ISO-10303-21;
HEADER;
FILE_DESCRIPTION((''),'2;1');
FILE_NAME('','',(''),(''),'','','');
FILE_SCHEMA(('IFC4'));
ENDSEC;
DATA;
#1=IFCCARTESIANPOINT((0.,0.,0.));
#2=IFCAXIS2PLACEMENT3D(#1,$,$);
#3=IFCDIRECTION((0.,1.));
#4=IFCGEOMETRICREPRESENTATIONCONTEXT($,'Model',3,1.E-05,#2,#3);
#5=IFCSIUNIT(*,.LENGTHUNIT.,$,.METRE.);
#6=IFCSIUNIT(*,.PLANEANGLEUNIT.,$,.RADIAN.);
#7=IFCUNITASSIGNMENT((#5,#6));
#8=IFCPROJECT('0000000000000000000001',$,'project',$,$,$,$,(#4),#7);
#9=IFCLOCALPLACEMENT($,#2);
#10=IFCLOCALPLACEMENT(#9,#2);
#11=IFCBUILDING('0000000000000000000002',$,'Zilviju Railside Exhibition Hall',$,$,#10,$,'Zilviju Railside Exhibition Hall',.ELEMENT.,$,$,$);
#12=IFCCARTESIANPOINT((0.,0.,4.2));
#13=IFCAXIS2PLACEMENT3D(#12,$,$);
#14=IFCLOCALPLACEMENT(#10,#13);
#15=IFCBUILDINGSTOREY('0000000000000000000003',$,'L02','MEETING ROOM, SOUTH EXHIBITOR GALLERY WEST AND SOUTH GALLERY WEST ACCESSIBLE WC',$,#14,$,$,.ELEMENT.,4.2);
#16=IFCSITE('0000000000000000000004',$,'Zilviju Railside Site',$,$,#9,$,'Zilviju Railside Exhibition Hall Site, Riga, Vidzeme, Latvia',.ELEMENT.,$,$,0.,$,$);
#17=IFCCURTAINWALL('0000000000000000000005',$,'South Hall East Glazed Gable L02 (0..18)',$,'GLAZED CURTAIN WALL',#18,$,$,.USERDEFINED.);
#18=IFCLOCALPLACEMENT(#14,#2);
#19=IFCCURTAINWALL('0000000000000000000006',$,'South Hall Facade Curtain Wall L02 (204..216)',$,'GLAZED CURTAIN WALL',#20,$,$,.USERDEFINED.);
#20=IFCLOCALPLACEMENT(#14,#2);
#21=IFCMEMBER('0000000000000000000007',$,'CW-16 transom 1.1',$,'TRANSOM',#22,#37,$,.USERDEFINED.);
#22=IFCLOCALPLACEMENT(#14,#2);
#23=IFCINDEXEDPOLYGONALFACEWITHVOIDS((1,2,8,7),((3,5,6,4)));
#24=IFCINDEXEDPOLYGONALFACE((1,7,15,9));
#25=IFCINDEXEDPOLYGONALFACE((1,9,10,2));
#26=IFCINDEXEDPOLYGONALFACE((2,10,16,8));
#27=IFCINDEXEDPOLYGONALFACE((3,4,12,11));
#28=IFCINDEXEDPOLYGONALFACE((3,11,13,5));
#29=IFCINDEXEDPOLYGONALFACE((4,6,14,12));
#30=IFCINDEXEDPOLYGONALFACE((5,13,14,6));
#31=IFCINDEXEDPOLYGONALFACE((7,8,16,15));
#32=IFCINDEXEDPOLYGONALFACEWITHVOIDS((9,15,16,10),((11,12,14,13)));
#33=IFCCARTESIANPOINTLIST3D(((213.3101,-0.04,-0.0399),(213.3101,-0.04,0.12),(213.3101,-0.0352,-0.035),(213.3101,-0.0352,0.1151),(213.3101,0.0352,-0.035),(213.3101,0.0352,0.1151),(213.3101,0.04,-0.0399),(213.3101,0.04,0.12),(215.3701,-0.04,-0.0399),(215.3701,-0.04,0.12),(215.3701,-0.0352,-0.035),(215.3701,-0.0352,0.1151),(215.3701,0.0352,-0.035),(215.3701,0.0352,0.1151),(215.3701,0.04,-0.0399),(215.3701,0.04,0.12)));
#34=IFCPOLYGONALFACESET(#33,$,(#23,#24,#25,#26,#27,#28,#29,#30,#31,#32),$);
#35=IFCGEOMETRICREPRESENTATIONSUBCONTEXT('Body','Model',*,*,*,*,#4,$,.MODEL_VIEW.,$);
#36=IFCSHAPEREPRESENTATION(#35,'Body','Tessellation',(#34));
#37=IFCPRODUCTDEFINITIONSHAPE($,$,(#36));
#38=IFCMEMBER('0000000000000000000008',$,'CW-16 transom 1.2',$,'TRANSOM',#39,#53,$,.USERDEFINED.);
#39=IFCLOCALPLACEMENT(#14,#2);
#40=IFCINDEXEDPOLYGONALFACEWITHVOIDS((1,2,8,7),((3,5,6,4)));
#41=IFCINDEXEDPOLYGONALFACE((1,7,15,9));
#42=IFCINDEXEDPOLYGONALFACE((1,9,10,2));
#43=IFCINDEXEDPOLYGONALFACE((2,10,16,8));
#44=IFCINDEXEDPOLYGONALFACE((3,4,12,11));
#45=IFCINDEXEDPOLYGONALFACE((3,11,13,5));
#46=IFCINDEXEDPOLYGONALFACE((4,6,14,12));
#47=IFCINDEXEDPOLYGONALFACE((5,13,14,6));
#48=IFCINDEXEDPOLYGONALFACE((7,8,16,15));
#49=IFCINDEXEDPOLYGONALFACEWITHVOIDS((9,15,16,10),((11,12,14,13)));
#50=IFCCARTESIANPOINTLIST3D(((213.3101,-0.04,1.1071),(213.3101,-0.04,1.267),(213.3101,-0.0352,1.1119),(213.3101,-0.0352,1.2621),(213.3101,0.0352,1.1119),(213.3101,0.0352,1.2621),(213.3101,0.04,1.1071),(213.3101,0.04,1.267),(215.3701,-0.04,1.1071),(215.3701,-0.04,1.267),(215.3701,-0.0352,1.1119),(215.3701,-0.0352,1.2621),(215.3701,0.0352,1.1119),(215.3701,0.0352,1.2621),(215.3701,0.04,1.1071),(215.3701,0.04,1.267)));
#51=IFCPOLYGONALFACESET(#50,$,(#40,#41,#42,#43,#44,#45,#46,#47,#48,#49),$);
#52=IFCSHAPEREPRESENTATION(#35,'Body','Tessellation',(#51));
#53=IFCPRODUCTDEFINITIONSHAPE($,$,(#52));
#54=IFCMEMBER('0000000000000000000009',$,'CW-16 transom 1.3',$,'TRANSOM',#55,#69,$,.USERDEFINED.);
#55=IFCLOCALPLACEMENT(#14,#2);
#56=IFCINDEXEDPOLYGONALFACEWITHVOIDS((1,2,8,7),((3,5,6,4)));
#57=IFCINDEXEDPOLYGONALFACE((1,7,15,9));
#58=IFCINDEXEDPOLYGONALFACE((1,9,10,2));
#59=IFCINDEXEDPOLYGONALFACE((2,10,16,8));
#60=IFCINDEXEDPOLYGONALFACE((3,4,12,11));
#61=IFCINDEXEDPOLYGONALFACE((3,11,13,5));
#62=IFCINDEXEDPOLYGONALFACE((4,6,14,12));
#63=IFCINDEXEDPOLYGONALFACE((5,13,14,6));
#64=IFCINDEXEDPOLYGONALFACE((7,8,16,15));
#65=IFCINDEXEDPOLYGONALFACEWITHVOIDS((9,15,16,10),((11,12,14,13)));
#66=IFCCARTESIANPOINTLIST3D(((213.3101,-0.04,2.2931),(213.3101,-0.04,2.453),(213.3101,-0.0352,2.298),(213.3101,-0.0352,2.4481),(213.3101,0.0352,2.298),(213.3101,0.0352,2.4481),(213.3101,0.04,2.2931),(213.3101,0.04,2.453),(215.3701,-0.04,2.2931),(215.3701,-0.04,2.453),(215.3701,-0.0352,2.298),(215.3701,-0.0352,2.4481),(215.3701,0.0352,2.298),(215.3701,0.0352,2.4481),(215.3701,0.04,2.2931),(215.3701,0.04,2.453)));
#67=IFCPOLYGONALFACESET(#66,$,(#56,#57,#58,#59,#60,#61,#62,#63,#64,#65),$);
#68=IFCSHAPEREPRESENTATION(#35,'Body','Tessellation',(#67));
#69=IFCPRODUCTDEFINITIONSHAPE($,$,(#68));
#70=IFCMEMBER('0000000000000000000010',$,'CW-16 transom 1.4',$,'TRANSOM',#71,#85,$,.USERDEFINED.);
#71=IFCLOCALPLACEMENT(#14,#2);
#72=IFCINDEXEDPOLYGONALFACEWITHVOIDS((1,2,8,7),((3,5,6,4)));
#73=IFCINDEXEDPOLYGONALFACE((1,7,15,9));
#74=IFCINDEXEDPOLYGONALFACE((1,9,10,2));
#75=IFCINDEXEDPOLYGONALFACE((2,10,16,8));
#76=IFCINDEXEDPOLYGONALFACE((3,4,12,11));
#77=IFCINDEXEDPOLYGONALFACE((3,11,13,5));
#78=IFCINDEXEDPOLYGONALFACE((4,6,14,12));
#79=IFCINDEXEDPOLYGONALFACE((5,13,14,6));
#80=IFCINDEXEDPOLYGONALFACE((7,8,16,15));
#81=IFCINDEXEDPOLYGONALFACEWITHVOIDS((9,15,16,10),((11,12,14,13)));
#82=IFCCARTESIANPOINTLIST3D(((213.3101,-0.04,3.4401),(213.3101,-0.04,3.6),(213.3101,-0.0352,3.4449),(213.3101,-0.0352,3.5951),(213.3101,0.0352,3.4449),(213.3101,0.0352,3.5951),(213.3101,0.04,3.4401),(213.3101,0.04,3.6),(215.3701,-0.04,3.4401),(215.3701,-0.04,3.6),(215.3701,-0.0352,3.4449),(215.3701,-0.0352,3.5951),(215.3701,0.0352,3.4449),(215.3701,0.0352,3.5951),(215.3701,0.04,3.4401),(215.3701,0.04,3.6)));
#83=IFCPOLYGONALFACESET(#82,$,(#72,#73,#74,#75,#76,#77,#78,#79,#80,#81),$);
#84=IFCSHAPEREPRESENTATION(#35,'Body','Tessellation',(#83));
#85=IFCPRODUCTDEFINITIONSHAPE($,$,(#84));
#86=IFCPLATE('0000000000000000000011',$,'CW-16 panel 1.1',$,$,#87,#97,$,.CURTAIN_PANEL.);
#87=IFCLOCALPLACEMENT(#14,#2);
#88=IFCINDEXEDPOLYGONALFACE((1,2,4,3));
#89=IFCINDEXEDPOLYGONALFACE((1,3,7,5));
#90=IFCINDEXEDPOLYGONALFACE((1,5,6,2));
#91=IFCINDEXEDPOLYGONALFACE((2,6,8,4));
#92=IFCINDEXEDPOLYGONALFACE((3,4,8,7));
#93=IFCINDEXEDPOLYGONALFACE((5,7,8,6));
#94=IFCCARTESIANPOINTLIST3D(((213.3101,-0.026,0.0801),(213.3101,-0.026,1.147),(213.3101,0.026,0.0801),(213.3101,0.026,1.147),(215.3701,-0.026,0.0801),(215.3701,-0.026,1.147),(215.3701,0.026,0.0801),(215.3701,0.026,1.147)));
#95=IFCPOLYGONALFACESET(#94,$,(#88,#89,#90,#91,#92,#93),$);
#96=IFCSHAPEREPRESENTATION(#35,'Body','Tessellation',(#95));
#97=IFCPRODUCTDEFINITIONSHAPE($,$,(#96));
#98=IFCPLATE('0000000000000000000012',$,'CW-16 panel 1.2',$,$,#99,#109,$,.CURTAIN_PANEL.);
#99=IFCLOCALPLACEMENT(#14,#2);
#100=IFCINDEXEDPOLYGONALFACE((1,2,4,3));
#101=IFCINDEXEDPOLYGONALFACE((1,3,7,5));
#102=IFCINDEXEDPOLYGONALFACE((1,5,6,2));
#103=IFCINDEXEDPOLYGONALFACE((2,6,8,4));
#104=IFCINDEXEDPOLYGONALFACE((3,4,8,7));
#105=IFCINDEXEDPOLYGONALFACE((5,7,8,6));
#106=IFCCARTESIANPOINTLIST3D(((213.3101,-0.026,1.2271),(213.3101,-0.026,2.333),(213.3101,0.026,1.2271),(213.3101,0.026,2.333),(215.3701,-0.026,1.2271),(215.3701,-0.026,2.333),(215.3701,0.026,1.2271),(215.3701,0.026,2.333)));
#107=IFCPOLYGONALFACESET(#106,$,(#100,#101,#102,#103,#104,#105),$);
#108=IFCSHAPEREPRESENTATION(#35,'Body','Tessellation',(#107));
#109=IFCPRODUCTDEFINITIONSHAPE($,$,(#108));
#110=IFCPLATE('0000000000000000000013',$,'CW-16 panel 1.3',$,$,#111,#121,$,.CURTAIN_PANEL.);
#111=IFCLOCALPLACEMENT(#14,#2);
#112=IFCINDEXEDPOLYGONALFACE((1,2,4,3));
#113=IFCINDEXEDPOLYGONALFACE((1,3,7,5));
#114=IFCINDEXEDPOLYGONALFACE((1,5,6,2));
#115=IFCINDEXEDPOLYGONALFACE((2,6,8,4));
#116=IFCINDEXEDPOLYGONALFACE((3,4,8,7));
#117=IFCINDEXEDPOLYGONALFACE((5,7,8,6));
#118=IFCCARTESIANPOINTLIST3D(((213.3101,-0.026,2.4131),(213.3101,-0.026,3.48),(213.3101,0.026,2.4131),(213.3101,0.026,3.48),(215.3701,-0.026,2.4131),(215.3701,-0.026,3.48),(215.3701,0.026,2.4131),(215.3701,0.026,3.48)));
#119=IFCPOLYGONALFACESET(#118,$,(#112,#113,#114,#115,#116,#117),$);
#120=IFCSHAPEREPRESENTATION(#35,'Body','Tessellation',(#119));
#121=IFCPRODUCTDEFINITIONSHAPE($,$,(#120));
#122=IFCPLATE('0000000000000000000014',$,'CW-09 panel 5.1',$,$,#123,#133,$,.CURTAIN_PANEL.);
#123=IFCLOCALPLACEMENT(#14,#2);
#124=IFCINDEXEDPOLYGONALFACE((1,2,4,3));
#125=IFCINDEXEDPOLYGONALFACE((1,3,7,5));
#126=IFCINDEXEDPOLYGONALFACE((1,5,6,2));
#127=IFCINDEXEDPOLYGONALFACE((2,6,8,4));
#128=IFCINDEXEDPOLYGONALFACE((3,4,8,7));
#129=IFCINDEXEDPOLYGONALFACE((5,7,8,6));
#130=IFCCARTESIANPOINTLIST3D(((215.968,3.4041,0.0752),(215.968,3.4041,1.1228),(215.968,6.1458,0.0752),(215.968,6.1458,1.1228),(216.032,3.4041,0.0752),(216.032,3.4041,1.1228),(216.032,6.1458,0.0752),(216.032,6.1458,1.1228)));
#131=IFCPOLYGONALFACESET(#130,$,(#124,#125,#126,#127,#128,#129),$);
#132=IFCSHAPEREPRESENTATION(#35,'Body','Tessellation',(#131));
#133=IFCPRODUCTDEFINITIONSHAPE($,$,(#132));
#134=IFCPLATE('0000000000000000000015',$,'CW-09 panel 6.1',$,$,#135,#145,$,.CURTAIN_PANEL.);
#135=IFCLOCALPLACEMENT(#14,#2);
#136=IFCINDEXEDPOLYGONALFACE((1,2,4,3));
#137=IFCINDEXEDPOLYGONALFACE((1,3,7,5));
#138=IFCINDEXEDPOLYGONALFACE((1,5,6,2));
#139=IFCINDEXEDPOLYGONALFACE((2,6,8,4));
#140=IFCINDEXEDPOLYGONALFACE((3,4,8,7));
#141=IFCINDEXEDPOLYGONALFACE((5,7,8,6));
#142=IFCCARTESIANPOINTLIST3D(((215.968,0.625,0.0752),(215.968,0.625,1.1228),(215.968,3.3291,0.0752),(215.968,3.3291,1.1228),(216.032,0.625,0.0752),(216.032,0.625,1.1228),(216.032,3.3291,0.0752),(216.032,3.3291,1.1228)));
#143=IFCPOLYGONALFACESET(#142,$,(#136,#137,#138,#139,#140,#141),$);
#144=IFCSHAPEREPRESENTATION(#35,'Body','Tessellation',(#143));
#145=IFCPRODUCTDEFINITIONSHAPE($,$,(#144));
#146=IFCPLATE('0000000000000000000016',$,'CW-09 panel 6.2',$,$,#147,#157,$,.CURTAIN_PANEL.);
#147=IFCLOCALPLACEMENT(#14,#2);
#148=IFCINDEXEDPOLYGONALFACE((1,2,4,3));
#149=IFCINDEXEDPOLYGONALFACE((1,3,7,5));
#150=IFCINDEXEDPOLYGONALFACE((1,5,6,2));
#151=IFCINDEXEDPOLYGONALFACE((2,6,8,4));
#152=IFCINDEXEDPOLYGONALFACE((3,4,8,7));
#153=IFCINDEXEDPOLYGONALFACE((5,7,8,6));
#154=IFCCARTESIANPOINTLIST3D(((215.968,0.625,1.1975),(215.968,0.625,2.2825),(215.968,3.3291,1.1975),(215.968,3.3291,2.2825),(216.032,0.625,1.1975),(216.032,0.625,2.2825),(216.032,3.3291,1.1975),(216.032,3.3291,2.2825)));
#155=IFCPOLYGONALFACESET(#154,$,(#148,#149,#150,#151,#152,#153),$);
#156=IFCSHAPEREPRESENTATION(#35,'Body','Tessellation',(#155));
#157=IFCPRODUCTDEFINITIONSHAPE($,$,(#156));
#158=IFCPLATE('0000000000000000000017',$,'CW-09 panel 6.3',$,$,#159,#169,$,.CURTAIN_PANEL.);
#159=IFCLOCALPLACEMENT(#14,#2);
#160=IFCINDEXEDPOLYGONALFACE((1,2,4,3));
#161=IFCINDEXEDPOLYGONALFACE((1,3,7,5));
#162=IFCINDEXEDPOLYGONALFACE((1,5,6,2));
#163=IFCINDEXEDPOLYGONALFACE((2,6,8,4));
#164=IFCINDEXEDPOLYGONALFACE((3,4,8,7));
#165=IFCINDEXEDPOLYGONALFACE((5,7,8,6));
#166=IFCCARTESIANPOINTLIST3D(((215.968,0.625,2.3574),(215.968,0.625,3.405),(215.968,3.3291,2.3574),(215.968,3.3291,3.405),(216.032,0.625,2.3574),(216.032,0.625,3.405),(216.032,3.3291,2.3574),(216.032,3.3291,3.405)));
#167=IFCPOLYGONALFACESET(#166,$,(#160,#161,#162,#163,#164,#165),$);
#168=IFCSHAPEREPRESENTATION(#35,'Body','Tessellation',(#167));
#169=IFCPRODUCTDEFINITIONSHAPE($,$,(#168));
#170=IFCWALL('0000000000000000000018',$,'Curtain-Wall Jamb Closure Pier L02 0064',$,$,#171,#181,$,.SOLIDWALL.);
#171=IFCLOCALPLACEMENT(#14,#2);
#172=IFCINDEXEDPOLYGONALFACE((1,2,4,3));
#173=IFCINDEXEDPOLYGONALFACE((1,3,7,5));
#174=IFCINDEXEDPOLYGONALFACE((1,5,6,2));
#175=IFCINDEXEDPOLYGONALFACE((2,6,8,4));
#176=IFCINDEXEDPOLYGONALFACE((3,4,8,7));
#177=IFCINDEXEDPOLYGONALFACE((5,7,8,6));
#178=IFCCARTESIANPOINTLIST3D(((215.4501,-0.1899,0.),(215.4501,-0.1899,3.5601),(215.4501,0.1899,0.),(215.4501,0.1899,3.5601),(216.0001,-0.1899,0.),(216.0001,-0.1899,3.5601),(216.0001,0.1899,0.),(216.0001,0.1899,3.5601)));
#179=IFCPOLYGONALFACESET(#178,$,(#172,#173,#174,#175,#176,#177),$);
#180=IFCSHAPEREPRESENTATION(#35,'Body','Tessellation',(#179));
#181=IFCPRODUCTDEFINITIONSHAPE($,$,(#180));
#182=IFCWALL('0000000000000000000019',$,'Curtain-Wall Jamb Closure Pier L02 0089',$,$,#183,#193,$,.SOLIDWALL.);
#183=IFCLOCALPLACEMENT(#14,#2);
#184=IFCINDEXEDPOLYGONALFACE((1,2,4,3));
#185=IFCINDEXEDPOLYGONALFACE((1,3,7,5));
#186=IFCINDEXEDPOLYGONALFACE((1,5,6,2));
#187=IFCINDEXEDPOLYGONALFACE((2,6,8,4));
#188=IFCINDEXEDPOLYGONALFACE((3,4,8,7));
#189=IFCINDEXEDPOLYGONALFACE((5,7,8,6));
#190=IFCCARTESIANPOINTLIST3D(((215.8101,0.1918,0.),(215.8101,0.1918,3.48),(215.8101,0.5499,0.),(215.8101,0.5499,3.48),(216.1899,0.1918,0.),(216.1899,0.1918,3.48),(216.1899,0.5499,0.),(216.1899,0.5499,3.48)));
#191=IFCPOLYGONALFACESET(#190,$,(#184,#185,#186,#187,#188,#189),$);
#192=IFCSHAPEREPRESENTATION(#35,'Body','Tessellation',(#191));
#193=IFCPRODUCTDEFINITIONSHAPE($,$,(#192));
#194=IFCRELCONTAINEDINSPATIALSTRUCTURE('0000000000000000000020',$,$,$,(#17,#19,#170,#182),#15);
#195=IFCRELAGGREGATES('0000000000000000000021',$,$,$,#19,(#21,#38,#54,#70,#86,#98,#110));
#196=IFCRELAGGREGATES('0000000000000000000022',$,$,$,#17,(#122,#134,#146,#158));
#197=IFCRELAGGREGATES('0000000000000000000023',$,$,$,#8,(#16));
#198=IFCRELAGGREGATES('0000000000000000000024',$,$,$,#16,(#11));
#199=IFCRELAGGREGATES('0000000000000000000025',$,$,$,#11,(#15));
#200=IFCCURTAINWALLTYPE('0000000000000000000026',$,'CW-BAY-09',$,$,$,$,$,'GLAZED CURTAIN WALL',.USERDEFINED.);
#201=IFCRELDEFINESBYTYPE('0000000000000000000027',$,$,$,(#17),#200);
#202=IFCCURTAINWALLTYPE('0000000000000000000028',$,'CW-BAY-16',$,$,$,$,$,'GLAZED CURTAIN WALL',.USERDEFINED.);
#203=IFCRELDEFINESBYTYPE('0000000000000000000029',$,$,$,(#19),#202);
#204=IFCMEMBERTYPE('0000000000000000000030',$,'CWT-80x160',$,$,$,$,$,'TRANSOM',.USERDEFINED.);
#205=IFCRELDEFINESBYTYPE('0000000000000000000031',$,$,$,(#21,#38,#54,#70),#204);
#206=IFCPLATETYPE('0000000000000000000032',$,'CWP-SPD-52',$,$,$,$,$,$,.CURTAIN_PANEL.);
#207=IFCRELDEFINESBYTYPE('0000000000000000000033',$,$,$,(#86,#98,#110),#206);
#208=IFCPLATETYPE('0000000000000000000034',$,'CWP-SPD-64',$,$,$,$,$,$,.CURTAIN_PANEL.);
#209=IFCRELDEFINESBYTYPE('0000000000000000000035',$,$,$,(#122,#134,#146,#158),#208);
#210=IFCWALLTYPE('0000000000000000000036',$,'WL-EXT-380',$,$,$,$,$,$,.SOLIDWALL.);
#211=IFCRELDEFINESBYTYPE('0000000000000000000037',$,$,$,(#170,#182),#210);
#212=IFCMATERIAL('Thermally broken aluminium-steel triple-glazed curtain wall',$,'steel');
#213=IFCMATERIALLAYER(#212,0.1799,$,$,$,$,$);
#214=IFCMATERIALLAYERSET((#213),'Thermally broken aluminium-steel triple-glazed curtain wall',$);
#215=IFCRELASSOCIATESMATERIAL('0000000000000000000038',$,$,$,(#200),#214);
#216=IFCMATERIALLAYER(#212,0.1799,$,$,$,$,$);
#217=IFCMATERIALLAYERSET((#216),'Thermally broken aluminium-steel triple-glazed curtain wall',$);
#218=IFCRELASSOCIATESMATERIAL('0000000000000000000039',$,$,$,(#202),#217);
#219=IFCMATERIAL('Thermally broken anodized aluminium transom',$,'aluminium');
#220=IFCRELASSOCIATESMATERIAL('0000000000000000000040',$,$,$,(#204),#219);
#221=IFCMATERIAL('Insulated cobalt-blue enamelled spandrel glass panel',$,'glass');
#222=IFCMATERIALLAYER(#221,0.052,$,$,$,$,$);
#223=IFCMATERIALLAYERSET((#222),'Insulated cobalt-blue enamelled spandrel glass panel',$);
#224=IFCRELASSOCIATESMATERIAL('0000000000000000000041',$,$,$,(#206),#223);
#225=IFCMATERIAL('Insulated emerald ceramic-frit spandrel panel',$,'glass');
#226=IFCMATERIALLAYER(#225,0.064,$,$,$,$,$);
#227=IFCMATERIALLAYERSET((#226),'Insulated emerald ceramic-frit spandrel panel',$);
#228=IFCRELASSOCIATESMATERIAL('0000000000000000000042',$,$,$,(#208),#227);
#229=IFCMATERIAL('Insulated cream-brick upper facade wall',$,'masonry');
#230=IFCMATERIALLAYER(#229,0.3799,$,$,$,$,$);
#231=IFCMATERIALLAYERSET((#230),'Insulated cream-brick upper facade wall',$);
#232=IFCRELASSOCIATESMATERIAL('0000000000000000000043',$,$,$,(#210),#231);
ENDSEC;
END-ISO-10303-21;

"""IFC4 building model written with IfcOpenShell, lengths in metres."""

from ifc_helpers import new_model, si_unit, direction, frame, frame_2d, origin, origin_2d, place, context, subcontext, project, spatial, rectangle, hollow_rectangle, extrude, material, layer, layer_set, material_profile, profile_set, type_object, element, aggregate, save


model = new_model("IFC4")

# Units and contexts
model_context = context("Model", 3, precision=1e-05, world=origin(), true_north=direction((0.0, 1.0)))
body_context = subcontext(model_context, "Body", "Model", "MODEL_VIEW")
ifc_project = project(units=[si_unit("LENGTHUNIT", "METRE"), si_unit("PLANEANGLEUNIT", "RADIAN")], contexts=[model_context])

# Site, building, storey
site_placement = place(None, origin())
site = spatial("IfcSite", under=ifc_project, at=site_placement, Name="Zilviju Railside Site", LongName="Zilviju Railside Exhibition Hall Site, Riga, Vidzeme, Latvia", CompositionType="ELEMENT", RefElevation=0.0)
building_placement = place(site_placement, origin())
building = spatial("IfcBuilding", under=site, at=building_placement, Name="Zilviju Railside Exhibition Hall", LongName="Zilviju Railside Exhibition Hall", CompositionType="ELEMENT")
storey_placement = place(building_placement, frame((0.0, 0.0, 4.2)))
storey = spatial("IfcBuildingStorey", under=building, at=storey_placement, Name="L02", Description="MEETING ROOM, SOUTH EXHIBITOR GALLERY WEST AND SOUTH GALLERY WEST ACCESSIBLE WC", CompositionType="ELEMENT", Elevation=4.2)

# Curtain walls
ifc_material_1 = material(Name="Thermally broken aluminium-steel triple-glazed curtain wall", Category="steel")
ifc_layer_1 = layer(ifc_material_1, 0.1799)
ifc_layer_set_1 = layer_set([ifc_layer_1], Name="Thermally broken aluminium-steel triple-glazed curtain wall")
curtain_wall_type_1 = type_object("IfcCurtainWallType", Name="CW-BAY-09", ElementType="GLAZED CURTAIN WALL", PredefinedType="USERDEFINED", material=ifc_layer_set_1)
curtain_wall_1_placement = place(storey_placement, origin())
curtain_wall_1 = element("IfcCurtainWall", 1, at=curtain_wall_1_placement, inside=storey, type_object=curtain_wall_type_1, Name="South Hall East Glazed Gable L02 (0..18)", ObjectType="GLAZED CURTAIN WALL", PredefinedType="USERDEFINED")
ifc_layer_2 = layer(ifc_material_1, 0.1799)
ifc_layer_set_2 = layer_set([ifc_layer_2], Name="Thermally broken aluminium-steel triple-glazed curtain wall")
curtain_wall_type_2 = type_object("IfcCurtainWallType", Name="CW-BAY-16", ElementType="GLAZED CURTAIN WALL", PredefinedType="USERDEFINED", material=ifc_layer_set_2)
curtain_wall_2_placement = place(storey_placement, origin())
curtain_wall_2 = element("IfcCurtainWall", 2, at=curtain_wall_2_placement, inside=storey, type_object=curtain_wall_type_2, Name="South Hall Facade Curtain Wall L02 (204..216)", ObjectType="GLAZED CURTAIN WALL", PredefinedType="USERDEFINED")

# Members
ifc_material_2 = material(Name="Thermally broken anodized aluminium transom", Category="aluminium")
ifc_material_profile_1 = material_profile(ifc_material_2, hollow_rectangle(XDim=0.0801, YDim=0.1599, WallThickness=0.0049, at=origin_2d()), Name="TRANSOM 160x80x5")
ifc_profile_set_1 = profile_set([ifc_material_profile_1], Name="Thermally broken anodized aluminium transom")
member_type_1 = type_object("IfcMemberType", Name="CWT-80x160", ElementType="TRANSOM", PredefinedType="USERDEFINED", material=ifc_profile_set_1)
member_1_placement = place(storey_placement, frame((215.3701, 0.0, 0.04), z_axis=(-1.0, 0.0, 0.0), x_axis=(0.0, -1.0, 0.0)))
member_1 = element("IfcMember", 3, at=member_1_placement, type_object=member_type_1, Name="CW-16 transom 1.1", ObjectType="TRANSOM", PredefinedType="USERDEFINED", context=body_context, shape_type="SweptSolid", body=[
    extrude(hollow_rectangle(XDim=0.0801, YDim=0.1599, WallThickness=0.0049, at=origin_2d()), origin(), (0.0, 0.0, 1.0), 2.0601),
])
member_2_placement = place(storey_placement, frame((215.3701, 0.0, 1.187), z_axis=(-1.0, 0.0, 0.0), x_axis=(0.0, -1.0, 0.0)))
member_2 = element("IfcMember", 4, at=member_2_placement, type_object=member_type_1, Name="CW-16 transom 1.2", ObjectType="TRANSOM", PredefinedType="USERDEFINED", context=body_context, shape_type="SweptSolid", body=[
    extrude(hollow_rectangle(XDim=0.0801, YDim=0.1599, WallThickness=0.0049, at=origin_2d()), origin(), (0.0, 0.0, 1.0), 2.0601),
])
member_3_placement = place(storey_placement, frame((215.3701, 0.0, 2.373), z_axis=(-1.0, 0.0, 0.0), x_axis=(0.0, -1.0, 0.0)))
member_3 = element("IfcMember", 5, at=member_3_placement, type_object=member_type_1, Name="CW-16 transom 1.3", ObjectType="TRANSOM", PredefinedType="USERDEFINED", context=body_context, shape_type="SweptSolid", body=[
    extrude(hollow_rectangle(XDim=0.0801, YDim=0.1599, WallThickness=0.0049, at=origin_2d()), origin(), (0.0, 0.0, 1.0), 2.0601),
])
member_4_placement = place(storey_placement, frame((215.3701, 0.0, 3.52), z_axis=(-1.0, 0.0, 0.0), x_axis=(0.0, -1.0, 0.0)))
member_4 = element("IfcMember", 6, at=member_4_placement, type_object=member_type_1, Name="CW-16 transom 1.4", ObjectType="TRANSOM", PredefinedType="USERDEFINED", context=body_context, shape_type="SweptSolid", body=[
    extrude(hollow_rectangle(XDim=0.0801, YDim=0.1599, WallThickness=0.0049, at=origin_2d()), origin(), (0.0, 0.0, 1.0), 2.0601),
])

# Plates
ifc_material_3 = material(Name="Insulated cobalt-blue enamelled spandrel glass panel", Category="glass")
ifc_layer_3 = layer(ifc_material_3, 0.052)
ifc_layer_set_3 = layer_set([ifc_layer_3], Name="Insulated cobalt-blue enamelled spandrel glass panel")
plate_type_1 = type_object("IfcPlateType", Name="CWP-SPD-52", PredefinedType="CURTAIN_PANEL", material=ifc_layer_set_3)
plate_1_placement = place(storey_placement, frame((214.3401, 0.0, 0.0801), z_axis=(0.0, 0.0, 1.0), x_axis=(-1.0, 0.0, 0.0)))
plate_1 = element("IfcPlate", 7, at=plate_1_placement, type_object=plate_type_1, Name="CW-16 panel 1.1", PredefinedType="CURTAIN_PANEL", context=body_context, shape_type="SweptSolid", body=[
    extrude(rectangle(XDim=2.0601, YDim=0.052, at=origin_2d()), origin(), (0.0, 0.0, 1.0), 1.0669),
])
plate_2_placement = place(storey_placement, frame((214.3401, 0.0, 1.2271), z_axis=(0.0, 0.0, 1.0), x_axis=(-1.0, 0.0, 0.0)))
plate_2 = element("IfcPlate", 8, at=plate_2_placement, type_object=plate_type_1, Name="CW-16 panel 1.2", PredefinedType="CURTAIN_PANEL", context=body_context, shape_type="SweptSolid", body=[
    extrude(rectangle(XDim=2.0601, YDim=0.052, at=origin_2d()), origin(), (0.0, 0.0, 1.0), 1.106),
])
plate_3_placement = place(storey_placement, frame((214.3401, 0.0, 2.4131), z_axis=(0.0, 0.0, 1.0), x_axis=(-1.0, 0.0, 0.0)))
plate_3 = element("IfcPlate", 9, at=plate_3_placement, type_object=plate_type_1, Name="CW-16 panel 1.3", PredefinedType="CURTAIN_PANEL", context=body_context, shape_type="SweptSolid", body=[
    extrude(rectangle(XDim=2.0601, YDim=0.052, at=origin_2d()), origin(), (0.0, 0.0, 1.0), 1.0669),
])
aggregate(curtain_wall_2, [member_1, member_2, member_3, member_4, plate_1, plate_2, plate_3])
ifc_material_4 = material(Name="Insulated emerald ceramic-frit spandrel panel", Category="glass")
ifc_layer_4 = layer(ifc_material_4, 0.064)
ifc_layer_set_4 = layer_set([ifc_layer_4], Name="Insulated emerald ceramic-frit spandrel panel")
plate_type_2 = type_object("IfcPlateType", Name="CWP-SPD-64", PredefinedType="CURTAIN_PANEL", material=ifc_layer_set_4)
plate_4_placement = place(storey_placement, frame((216.0, 4.7749, 0.0752), z_axis=(0.0, 0.0, 1.0), x_axis=(0.0, -1.0, 0.0)))
plate_4 = element("IfcPlate", 10, at=plate_4_placement, type_object=plate_type_2, Name="CW-09 panel 5.1", PredefinedType="CURTAIN_PANEL", context=body_context, shape_type="SweptSolid", body=[
    extrude(rectangle(XDim=2.7417, YDim=0.064, at=origin_2d()), origin(), (0.0, 0.0, 1.0), 1.0476),
])
plate_5_placement = place(storey_placement, frame((216.0, 1.9771, 0.0752), z_axis=(0.0, 0.0, 1.0), x_axis=(0.0, -1.0, 0.0)))
plate_5 = element("IfcPlate", 11, at=plate_5_placement, type_object=plate_type_2, Name="CW-09 panel 6.1", PredefinedType="CURTAIN_PANEL", context=body_context, shape_type="SweptSolid", body=[
    extrude(rectangle(XDim=2.7041, YDim=0.064, at=origin_2d()), origin(), (0.0, 0.0, 1.0), 1.0476),
])
plate_6_placement = place(storey_placement, frame((216.0, 1.9771, 1.1975), z_axis=(0.0, 0.0, 1.0), x_axis=(0.0, -1.0, 0.0)))
plate_6 = element("IfcPlate", 12, at=plate_6_placement, type_object=plate_type_2, Name="CW-09 panel 6.2", PredefinedType="CURTAIN_PANEL", context=body_context, shape_type="SweptSolid", body=[
    extrude(rectangle(XDim=2.7041, YDim=0.064, at=origin_2d()), origin(), (0.0, 0.0, 1.0), 1.085),
])
plate_7_placement = place(storey_placement, frame((216.0, 1.9771, 2.3574), z_axis=(0.0, 0.0, 1.0), x_axis=(0.0, -1.0, 0.0)))
plate_7 = element("IfcPlate", 13, at=plate_7_placement, type_object=plate_type_2, Name="CW-09 panel 6.3", PredefinedType="CURTAIN_PANEL", context=body_context, shape_type="SweptSolid", body=[
    extrude(rectangle(XDim=2.7041, YDim=0.064, at=origin_2d()), origin(), (0.0, 0.0, 1.0), 1.0476),
])
aggregate(curtain_wall_1, [plate_4, plate_5, plate_6, plate_7])

# Walls
ifc_material_5 = material(Name="Insulated cream-brick upper facade wall", Category="masonry")
ifc_layer_5 = layer(ifc_material_5, 0.3799)
ifc_layer_set_5 = layer_set([ifc_layer_5], Name="Insulated cream-brick upper facade wall")
wall_type = type_object("IfcWallType", Name="WL-EXT-380", PredefinedType="SOLIDWALL", material=ifc_layer_set_5)
wall_1_placement = place(storey_placement, frame((216.0, 0.0, 0.0), z_axis=(0.0, 0.0, 1.0), x_axis=(-1.0, 0.0, 0.0)))
element("IfcWall", 14, at=wall_1_placement, inside=storey, type_object=wall_type, Name="Curtain-Wall Jamb Closure Pier L02 0064", PredefinedType="SOLIDWALL", context=body_context, shape_type="SweptSolid", body=[
    extrude(rectangle(XDim=0.55, YDim=0.3799, at=frame_2d((0.2749, 0.0))), origin(), (0.0, 0.0, 1.0), 3.5601),
])
wall_2_placement = place(storey_placement, frame((216.0, 0.55, 0.0), z_axis=(0.0, 0.0, 1.0), x_axis=(0.0, -1.0, 0.0)))
element("IfcWall", 15, at=wall_2_placement, inside=storey, type_object=wall_type, Name="Curtain-Wall Jamb Closure Pier L02 0089", PredefinedType="SOLIDWALL", context=body_context, shape_type="SweptSolid", body=[
    extrude(rectangle(XDim=0.3582, YDim=0.3799, at=frame_2d((0.1792, 0.0))), origin(), (0.0, 0.0, 1.0), 3.48),
])

save(model, "model.ifc")
